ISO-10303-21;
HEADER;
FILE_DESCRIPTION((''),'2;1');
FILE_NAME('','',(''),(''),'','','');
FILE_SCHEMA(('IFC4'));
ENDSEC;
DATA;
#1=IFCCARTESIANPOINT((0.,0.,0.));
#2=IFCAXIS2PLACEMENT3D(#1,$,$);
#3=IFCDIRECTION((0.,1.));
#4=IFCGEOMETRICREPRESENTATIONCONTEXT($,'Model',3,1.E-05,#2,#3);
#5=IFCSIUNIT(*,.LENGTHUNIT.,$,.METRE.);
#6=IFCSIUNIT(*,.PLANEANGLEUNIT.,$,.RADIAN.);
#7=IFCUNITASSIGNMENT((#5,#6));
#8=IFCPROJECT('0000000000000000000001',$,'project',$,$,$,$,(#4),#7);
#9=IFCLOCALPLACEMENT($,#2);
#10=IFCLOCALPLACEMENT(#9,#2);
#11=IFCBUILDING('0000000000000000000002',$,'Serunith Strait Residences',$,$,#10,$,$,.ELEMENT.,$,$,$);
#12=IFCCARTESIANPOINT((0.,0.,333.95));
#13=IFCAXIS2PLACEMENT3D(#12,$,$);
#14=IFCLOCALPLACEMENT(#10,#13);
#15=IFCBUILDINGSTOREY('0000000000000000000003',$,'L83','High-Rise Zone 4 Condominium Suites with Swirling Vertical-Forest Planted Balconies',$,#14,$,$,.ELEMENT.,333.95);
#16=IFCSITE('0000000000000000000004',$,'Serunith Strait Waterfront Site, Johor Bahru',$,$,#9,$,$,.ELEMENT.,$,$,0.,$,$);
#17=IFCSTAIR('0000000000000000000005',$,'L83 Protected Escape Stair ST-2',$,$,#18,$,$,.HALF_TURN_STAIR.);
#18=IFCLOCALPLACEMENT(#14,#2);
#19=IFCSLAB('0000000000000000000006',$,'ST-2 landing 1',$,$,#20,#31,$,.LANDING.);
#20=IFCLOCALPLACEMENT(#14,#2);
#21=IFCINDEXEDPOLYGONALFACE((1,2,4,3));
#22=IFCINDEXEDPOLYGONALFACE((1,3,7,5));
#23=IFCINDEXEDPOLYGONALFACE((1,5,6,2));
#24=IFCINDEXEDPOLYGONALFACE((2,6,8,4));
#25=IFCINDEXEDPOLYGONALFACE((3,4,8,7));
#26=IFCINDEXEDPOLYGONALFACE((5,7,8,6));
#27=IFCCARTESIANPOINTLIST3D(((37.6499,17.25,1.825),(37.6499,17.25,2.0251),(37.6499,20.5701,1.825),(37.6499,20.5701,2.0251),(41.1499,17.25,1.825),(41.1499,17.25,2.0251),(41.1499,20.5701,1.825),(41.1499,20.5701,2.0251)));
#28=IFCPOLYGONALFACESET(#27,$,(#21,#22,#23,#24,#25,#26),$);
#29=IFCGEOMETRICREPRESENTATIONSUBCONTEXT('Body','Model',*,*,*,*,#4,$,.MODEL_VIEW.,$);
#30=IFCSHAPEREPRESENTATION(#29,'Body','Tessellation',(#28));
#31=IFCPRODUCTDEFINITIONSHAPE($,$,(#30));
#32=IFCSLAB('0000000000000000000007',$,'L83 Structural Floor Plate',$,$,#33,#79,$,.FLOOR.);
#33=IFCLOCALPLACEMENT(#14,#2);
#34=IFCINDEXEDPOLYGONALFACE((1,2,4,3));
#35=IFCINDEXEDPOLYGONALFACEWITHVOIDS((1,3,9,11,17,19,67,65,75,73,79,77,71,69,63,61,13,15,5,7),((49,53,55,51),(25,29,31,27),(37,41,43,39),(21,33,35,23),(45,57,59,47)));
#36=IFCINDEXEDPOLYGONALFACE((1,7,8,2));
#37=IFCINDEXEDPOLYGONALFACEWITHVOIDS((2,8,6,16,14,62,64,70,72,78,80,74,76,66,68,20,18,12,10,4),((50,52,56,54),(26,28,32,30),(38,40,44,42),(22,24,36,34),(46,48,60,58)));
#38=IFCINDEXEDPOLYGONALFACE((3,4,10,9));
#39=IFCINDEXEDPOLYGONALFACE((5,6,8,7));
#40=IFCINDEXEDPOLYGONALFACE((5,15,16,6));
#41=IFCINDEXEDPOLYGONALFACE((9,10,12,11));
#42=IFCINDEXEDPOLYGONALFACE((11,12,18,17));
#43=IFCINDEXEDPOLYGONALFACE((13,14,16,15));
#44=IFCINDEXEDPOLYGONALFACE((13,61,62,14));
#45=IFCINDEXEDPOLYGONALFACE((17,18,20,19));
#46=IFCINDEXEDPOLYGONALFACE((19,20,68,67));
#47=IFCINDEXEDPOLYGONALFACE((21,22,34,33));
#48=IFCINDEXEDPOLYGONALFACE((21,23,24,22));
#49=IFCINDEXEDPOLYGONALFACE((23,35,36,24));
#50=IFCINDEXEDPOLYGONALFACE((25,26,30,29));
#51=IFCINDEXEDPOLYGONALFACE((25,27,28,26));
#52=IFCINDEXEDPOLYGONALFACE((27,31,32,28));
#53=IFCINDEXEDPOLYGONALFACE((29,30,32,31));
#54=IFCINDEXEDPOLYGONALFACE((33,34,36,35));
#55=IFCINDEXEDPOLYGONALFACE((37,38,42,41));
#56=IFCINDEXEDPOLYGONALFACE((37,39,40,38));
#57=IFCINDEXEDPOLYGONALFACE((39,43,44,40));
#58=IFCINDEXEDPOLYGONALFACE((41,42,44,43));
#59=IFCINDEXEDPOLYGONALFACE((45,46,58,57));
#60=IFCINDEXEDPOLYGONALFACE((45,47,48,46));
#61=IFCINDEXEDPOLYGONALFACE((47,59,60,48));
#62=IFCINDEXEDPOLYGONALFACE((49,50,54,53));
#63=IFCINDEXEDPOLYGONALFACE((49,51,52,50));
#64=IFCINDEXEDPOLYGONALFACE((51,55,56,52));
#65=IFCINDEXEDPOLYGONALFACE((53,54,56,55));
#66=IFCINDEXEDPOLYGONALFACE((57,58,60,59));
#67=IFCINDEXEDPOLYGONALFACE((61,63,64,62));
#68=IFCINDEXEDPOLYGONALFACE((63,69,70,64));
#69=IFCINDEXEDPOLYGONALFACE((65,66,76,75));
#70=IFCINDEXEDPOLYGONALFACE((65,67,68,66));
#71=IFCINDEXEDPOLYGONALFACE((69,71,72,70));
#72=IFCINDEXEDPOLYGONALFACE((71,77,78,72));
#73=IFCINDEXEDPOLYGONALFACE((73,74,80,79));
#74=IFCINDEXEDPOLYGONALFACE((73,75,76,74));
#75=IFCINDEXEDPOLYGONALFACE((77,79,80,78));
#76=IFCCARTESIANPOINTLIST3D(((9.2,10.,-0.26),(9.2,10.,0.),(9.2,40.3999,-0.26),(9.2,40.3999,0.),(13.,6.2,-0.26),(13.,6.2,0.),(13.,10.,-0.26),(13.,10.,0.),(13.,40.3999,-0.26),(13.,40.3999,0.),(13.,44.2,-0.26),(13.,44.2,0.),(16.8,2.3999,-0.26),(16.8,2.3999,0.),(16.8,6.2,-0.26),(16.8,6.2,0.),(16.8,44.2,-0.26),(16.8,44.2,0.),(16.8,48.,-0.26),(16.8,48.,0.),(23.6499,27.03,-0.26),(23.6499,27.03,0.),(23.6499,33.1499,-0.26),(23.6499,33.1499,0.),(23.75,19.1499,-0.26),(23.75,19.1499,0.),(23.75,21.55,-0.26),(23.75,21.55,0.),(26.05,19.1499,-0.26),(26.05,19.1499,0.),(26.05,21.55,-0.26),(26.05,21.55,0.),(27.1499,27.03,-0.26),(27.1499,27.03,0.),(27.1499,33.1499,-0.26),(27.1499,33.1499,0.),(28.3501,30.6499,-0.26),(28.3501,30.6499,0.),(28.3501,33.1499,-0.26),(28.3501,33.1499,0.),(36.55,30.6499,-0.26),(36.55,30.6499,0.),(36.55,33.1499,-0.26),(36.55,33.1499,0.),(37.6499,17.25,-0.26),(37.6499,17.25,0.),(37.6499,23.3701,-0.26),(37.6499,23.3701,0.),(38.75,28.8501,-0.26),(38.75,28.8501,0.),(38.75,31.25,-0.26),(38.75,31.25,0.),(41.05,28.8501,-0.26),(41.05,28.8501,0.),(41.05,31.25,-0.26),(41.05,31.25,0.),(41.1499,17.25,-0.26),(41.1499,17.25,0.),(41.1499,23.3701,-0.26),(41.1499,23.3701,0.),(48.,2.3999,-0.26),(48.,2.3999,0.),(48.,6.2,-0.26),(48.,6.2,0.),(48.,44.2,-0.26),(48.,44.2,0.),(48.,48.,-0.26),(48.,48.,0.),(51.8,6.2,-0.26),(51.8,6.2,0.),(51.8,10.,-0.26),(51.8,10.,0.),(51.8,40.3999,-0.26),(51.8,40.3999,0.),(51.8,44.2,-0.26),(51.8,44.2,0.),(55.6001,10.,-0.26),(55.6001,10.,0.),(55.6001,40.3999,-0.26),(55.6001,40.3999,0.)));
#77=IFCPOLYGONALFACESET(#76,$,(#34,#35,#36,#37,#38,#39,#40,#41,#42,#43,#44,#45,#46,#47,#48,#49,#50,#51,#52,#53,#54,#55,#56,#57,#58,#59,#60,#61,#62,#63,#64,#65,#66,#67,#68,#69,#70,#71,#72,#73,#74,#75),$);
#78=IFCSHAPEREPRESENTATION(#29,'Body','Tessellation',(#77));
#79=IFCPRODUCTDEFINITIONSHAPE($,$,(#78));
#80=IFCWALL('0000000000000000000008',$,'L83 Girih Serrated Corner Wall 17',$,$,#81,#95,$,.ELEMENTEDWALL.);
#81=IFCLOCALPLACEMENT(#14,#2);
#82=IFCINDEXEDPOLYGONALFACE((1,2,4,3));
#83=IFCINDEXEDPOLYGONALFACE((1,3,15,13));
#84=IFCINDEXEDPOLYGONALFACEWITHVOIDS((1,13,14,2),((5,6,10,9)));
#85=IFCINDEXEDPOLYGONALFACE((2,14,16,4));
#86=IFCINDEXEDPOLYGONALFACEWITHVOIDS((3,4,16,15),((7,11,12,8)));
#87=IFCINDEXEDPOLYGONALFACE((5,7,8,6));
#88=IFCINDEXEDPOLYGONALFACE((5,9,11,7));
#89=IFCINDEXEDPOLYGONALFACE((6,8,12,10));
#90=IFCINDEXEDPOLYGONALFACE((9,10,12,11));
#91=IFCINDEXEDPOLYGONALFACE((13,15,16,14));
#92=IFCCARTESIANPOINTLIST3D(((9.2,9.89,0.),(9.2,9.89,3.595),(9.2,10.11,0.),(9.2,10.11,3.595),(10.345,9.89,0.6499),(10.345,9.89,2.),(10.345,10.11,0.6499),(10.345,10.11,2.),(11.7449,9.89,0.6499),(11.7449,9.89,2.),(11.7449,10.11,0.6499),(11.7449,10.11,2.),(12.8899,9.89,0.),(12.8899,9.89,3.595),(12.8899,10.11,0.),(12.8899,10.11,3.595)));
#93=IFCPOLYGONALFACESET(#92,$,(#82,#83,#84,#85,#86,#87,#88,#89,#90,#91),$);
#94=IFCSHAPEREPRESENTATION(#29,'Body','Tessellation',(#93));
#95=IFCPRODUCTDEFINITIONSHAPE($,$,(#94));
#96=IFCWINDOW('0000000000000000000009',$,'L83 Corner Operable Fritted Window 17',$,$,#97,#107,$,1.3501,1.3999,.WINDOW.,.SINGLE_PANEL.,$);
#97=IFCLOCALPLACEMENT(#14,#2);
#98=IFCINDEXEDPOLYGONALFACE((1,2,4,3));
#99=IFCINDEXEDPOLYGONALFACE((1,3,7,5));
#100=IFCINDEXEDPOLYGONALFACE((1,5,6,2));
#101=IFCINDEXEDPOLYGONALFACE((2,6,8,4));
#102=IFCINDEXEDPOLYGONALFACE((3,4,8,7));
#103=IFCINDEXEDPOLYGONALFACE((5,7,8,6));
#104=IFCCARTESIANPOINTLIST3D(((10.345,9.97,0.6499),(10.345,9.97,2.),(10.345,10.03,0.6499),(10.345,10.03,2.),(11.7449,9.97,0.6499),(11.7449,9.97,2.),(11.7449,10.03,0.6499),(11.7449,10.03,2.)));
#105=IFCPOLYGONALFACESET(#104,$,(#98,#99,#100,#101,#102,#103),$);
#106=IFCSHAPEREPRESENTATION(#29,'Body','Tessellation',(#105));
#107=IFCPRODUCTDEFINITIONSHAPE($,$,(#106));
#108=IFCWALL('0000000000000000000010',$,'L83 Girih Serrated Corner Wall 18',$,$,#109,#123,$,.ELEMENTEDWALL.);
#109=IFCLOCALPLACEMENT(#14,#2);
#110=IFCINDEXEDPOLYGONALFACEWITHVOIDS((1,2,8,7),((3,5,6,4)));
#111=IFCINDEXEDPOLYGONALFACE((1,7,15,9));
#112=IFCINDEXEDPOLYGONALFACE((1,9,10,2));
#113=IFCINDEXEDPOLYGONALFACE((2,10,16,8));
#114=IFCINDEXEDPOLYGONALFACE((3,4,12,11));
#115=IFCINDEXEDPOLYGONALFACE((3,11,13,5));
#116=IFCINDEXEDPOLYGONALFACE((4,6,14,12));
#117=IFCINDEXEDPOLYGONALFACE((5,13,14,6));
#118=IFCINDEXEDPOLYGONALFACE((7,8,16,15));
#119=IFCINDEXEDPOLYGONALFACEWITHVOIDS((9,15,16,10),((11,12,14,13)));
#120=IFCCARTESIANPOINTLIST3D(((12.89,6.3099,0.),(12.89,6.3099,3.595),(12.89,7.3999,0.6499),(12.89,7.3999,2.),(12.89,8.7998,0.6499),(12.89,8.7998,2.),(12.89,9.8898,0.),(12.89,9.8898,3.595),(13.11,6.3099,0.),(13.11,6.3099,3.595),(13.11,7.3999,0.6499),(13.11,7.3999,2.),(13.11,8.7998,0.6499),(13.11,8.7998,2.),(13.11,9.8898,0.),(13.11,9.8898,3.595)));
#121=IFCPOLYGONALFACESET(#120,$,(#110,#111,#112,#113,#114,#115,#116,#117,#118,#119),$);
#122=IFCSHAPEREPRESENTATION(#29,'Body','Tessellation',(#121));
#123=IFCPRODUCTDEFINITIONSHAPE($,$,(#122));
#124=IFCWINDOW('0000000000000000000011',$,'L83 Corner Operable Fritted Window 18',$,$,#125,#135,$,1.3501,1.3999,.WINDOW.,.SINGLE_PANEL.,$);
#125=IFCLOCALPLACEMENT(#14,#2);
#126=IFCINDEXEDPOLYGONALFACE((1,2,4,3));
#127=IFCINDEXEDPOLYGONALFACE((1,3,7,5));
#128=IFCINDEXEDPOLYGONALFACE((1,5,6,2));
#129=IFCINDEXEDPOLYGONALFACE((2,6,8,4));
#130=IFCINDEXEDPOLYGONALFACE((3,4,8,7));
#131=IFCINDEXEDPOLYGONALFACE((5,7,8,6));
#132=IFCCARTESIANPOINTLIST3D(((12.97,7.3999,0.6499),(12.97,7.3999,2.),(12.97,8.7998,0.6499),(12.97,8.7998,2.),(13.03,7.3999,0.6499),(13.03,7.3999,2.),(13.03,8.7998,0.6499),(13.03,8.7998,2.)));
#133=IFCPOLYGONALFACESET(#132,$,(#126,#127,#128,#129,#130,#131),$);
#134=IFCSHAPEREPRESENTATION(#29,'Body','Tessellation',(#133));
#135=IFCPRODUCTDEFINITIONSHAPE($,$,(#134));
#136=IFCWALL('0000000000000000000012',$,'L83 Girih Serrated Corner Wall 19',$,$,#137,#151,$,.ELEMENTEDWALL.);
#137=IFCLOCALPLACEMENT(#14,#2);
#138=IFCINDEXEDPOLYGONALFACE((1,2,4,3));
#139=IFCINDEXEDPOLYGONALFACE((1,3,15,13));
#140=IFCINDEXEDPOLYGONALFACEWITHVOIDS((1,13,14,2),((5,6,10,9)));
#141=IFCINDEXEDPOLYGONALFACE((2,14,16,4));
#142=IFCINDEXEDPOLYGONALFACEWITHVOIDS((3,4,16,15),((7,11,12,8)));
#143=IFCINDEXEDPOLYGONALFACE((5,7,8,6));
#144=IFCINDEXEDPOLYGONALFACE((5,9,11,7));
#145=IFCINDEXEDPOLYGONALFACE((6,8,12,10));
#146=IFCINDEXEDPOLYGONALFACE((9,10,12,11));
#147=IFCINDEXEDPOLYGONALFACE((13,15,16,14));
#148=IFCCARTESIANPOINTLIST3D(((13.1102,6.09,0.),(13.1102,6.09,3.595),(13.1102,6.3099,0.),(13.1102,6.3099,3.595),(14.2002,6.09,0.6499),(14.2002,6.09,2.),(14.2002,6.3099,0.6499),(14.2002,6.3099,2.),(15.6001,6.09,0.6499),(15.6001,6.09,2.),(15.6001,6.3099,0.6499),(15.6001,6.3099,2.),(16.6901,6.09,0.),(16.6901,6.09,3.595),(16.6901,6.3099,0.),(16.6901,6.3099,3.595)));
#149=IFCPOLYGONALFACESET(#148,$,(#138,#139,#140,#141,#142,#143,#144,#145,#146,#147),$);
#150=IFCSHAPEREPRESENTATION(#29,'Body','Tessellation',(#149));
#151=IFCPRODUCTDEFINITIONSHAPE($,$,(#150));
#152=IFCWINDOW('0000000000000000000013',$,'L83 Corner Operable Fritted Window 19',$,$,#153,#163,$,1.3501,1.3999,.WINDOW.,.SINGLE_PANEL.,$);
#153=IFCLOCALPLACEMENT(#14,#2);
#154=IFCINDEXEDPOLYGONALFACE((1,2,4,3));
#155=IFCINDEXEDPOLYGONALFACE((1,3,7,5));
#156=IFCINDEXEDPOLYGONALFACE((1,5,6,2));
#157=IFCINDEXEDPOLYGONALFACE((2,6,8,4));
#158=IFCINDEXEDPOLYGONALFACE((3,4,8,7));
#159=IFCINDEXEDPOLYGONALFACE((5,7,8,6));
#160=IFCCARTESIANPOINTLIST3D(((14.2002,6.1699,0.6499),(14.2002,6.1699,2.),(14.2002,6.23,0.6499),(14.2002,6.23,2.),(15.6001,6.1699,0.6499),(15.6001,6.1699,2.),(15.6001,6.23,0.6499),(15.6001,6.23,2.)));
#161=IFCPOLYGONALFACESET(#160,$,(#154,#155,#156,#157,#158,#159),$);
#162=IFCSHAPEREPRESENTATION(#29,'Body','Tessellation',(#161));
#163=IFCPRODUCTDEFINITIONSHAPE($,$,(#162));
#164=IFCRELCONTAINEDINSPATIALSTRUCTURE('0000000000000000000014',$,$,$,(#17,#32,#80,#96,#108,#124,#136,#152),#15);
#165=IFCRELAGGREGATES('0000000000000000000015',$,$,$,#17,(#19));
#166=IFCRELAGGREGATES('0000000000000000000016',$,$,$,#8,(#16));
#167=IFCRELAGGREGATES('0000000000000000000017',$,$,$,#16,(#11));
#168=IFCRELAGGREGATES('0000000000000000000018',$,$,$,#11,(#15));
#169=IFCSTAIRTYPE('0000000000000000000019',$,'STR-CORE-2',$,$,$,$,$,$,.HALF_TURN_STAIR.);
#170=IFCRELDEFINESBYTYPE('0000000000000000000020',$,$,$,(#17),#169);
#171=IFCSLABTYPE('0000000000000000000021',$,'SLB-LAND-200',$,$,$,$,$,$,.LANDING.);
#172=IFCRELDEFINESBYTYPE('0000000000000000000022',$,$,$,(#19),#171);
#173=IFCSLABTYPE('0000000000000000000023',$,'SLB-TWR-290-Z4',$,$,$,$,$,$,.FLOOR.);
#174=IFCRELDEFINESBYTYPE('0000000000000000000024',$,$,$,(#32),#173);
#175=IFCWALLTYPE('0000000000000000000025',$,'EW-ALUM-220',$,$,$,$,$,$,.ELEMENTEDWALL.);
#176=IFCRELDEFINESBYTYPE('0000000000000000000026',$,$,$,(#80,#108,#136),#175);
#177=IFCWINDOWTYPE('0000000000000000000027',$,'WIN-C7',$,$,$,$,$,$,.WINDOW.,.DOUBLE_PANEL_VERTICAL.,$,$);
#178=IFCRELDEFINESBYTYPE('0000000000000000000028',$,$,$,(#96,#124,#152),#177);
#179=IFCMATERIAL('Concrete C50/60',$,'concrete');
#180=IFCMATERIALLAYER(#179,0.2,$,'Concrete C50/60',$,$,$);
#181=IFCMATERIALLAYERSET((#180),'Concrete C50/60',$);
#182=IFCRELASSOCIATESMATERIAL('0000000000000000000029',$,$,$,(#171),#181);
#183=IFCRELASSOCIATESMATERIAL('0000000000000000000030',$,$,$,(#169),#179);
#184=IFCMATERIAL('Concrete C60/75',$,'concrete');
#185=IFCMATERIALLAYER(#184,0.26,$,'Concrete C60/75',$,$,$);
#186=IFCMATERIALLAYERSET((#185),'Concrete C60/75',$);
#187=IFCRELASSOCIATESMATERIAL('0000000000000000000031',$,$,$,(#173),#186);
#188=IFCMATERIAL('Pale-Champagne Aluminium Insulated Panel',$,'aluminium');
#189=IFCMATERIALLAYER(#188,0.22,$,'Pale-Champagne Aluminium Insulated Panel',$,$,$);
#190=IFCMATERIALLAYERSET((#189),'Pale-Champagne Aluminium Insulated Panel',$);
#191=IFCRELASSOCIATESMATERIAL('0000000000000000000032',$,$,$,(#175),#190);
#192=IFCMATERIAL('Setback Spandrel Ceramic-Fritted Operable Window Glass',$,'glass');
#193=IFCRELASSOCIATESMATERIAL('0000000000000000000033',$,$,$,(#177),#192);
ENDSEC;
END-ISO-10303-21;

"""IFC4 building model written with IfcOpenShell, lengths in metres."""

from ifc_helpers import new_model, si_unit, direction, frame, frame_2d, origin, place, context, subcontext, project, spatial, polyline, rectangle, outline, extrude, source, transform, mapped, material, layer, layer_set, type_object, element, fill, aggregate, save


model = new_model("IFC4")

# Units and contexts
model_context = context("Model", 3, precision=1e-05, world=origin(), true_north=direction((0.0, 1.0)))
body_context = subcontext(model_context, "Body", "Model", "MODEL_VIEW")
ifc_project = project(units=[si_unit("LENGTHUNIT", "METRE"), si_unit("PLANEANGLEUNIT", "RADIAN")], contexts=[model_context])

# Site, building, storey
site_placement = place(None, origin())
site = spatial("IfcSite", under=ifc_project, at=site_placement, Name="Serunith Strait Waterfront Site, Johor Bahru", CompositionType="ELEMENT", RefElevation=0.0)
building_placement = place(site_placement, origin())
building = spatial("IfcBuilding", under=site, at=building_placement, Name="Serunith Strait Residences", CompositionType="ELEMENT")
storey_placement = place(building_placement, frame((0.0, 0.0, 333.95)))
storey = spatial("IfcBuildingStorey", under=building, at=storey_placement, Name="L83", Description="High-Rise Zone 4 Condominium Suites with Swirling Vertical-Forest Planted Balconies", CompositionType="ELEMENT", Elevation=333.95)

# Shared definitions
ifc_material_1 = material(Name="Concrete C50/60", Category="concrete")

# Stair, slab
ifc_layer_1 = layer(ifc_material_1, 0.2, Name="Concrete C50/60")
ifc_layer_set_1 = layer_set([ifc_layer_1], Name="Concrete C50/60")
slab_type_1 = type_object("IfcSlabType", Name="SLB-LAND-200", PredefinedType="LANDING", material=ifc_layer_set_1)
stair_type_1 = type_object("IfcStairType", Name="STR-CORE-2", PredefinedType="HALF_TURN_STAIR", material=ifc_material_1)
stair_1_placement = place(storey_placement, origin())
stair_1 = element("IfcStair", 1, at=stair_1_placement, inside=storey, type_object=stair_type_1, Name="L83 Protected Escape Stair ST-2", PredefinedType="HALF_TURN_STAIR")
slab_1_placement = place(storey_placement, frame((0.0, 0.0, 1.825)))
slab_1 = element("IfcSlab", 2, at=slab_1_placement, type_object=slab_type_1, Name="ST-2 landing 1", PredefinedType="LANDING", context=body_context, shape_type="SweptSolid", body=[
    extrude(outline(polyline([(37.6499, 20.5701), (37.6499, 17.25), (41.1499, 17.25), (41.1499, 20.5701), (37.6499, 20.5701)])), origin(), (0.0, 0.0, 1.0), 0.2002),
])
aggregate(stair_1, [slab_1])

# Slab
ifc_material_2 = material(Name="Concrete C60/75", Category="concrete")
ifc_layer_2 = layer(ifc_material_2, 0.26, Name="Concrete C60/75")
ifc_layer_set_2 = layer_set([ifc_layer_2], Name="Concrete C60/75")
slab_type_2 = type_object("IfcSlabType", Name="SLB-TWR-290-Z4", PredefinedType="FLOOR", material=ifc_layer_set_2)
slab_2_placement = place(storey_placement, frame((0.0, 0.0, -0.26)))
element("IfcSlab", 3, at=slab_2_placement, inside=storey, type_object=slab_type_2, Name="L83 Structural Floor Plate", PredefinedType="FLOOR", context=body_context, shape_type="SweptSolid", body=[
    extrude(outline(polyline([(16.8, 6.2), (13.0, 6.2), (13.0, 10.0), (9.2, 10.0), (9.2, 40.3999), (13.0, 40.3999), (13.0, 44.2), (16.8, 44.2), (16.8, 48.0), (48.0, 48.0), (48.0, 44.2), (51.8, 44.2), (51.8, 40.3999), (55.6001, 40.3999), (55.6001, 10.0), (51.8, 10.0), (51.8, 6.2), (48.0, 6.2), (48.0, 2.3999), (16.8, 2.3999), (16.8, 6.2)]), holes=[polyline([(41.1499, 23.3701), (37.6499, 23.3701), (37.6499, 17.25), (41.1499, 17.25), (41.1499, 23.3701)]), polyline([(38.75, 31.25), (38.75, 28.8501), (41.05, 28.8501), (41.05, 31.25), (38.75, 31.25)]), polyline([(36.55, 33.1499), (28.3501, 33.1499), (28.3501, 30.6499), (36.55, 30.6499), (36.55, 33.1499)]), polyline([(23.6499, 33.1499), (23.6499, 27.03), (27.1499, 27.03), (27.1499, 33.1499), (23.6499, 33.1499)]), polyline([(23.75, 21.55), (23.75, 19.1499), (26.05, 19.1499), (26.05, 21.55), (23.75, 21.55)])]), origin(), (0.0, 0.0, 1.0), 0.26),
])

# Walls, openings, windows
ifc_material_3 = material(Name="Pale-Champagne Aluminium Insulated Panel", Category="aluminium")
ifc_layer_3 = layer(ifc_material_3, 0.22, Name="Pale-Champagne Aluminium Insulated Panel")
ifc_layer_set_3 = layer_set([ifc_layer_3], Name="Pale-Champagne Aluminium Insulated Panel")
wall_type = type_object("IfcWallType", Name="EW-ALUM-220", PredefinedType="ELEMENTEDWALL", material=ifc_layer_set_3)
wall_1_placement = place(storey_placement, frame((9.2, 10.0, 0.0), z_axis=(0.0, 0.0, 1.0), x_axis=(1.0, 0.0, 0.0)))
wall_1 = element("IfcWall", 4, at=wall_1_placement, inside=storey, type_object=wall_type, Name="L83 Girih Serrated Corner Wall 17", PredefinedType="ELEMENTEDWALL", context=body_context, shape_type="SweptSolid", body=[
    extrude(rectangle(XDim=3.6899, YDim=0.22, at=frame_2d((1.845, 0.0))), origin(), (0.0, 0.0, 1.0), 3.595),
])
opening_1_placement = place(wall_1_placement, frame((1.145, 0.0, 0.6499)))
opening_1 = element("IfcOpeningElement", 5, at=opening_1_placement, cuts=wall_1, PredefinedType="OPENING", context=body_context, shape_type="SweptSolid", body=[
    extrude(rectangle(XDim=1.3999, YDim=1.3501, at=frame_2d((0.7, 0.675))), frame((0.0, 0.1201, 0.0), z_axis=(0.0, -1.0, 0.0), x_axis=(1.0, 0.0, 0.0)), (0.0, 0.0, 1.0), 0.24),
])
ifc_material_4 = material(Name="Setback Spandrel Ceramic-Fritted Operable Window Glass", Category="glass")
window_type = type_object("IfcWindowType", Name="WIN-C7", PartitioningType="DOUBLE_PANEL_VERTICAL", PredefinedType="WINDOW", material=ifc_material_4)
shared_shape_1 = source(origin(), body_context, "Body", "SweptSolid", [
    extrude(rectangle(XDim=1.3999, YDim=1.3501, at=frame_2d((0.7, 0.675))), frame((0.0, 0.03, 0.0), z_axis=(0.0, -1.0, 0.0), x_axis=(1.0, 0.0, 0.0)), (0.0, 0.0, 1.0), 0.0601),
])
window_1_placement = place(opening_1_placement, origin())
window_1 = element("IfcWindow", 6, at=window_1_placement, inside=storey, type_object=window_type, Name="L83 Corner Operable Fritted Window 17", OverallHeight=1.3501, OverallWidth=1.3999, PartitioningType="SINGLE_PANEL", PredefinedType="WINDOW", context=body_context, shape_type="MappedRepresentation", body=[
    mapped(shared_shape_1, transform((0.0, 0.0, 0.0), scale=1.0)),
])
fill(opening_1, window_1)
wall_2_placement = place(storey_placement, frame((13.0, 9.8899, 0.0), z_axis=(0.0, 0.0, 1.0), x_axis=(0.0, -1.0, 0.0)))
wall_2 = element("IfcWall", 7, at=wall_2_placement, inside=storey, type_object=wall_type, Name="L83 Girih Serrated Corner Wall 18", PredefinedType="ELEMENTEDWALL", context=body_context, shape_type="SweptSolid", body=[
    extrude(rectangle(XDim=3.5798, YDim=0.22, at=frame_2d((1.79, 0.0))), origin(), (0.0, 0.0, 1.0), 3.595),
])
opening_2_placement = place(wall_2_placement, frame((1.0901, 0.0, 0.6499)))
opening_2 = element("IfcOpeningElement", 8, at=opening_2_placement, cuts=wall_2, PredefinedType="OPENING", context=body_context, shape_type="SweptSolid", body=[
    extrude(rectangle(XDim=1.3999, YDim=1.3501, at=frame_2d((0.7, 0.675))), frame((0.0, 0.1201, 0.0), z_axis=(0.0, -1.0, 0.0), x_axis=(1.0, 0.0, 0.0)), (0.0, 0.0, 1.0), 0.24),
])
window_2_placement = place(opening_2_placement, origin())
window_2 = element("IfcWindow", 9, at=window_2_placement, inside=storey, type_object=window_type, Name="L83 Corner Operable Fritted Window 18", OverallHeight=1.3501, OverallWidth=1.3999, PartitioningType="SINGLE_PANEL", PredefinedType="WINDOW", context=body_context, shape_type="MappedRepresentation", body=[
    mapped(shared_shape_1, transform((0.0, 0.0, 0.0), scale=1.0)),
])
fill(opening_2, window_2)
wall_3_placement = place(storey_placement, frame((13.1101, 6.2, 0.0), z_axis=(0.0, 0.0, 1.0), x_axis=(1.0, 0.0, 0.0)))
wall_3 = element("IfcWall", 10, at=wall_3_placement, inside=storey, type_object=wall_type, Name="L83 Girih Serrated Corner Wall 19", PredefinedType="ELEMENTEDWALL", context=body_context, shape_type="SweptSolid", body=[
    extrude(rectangle(XDim=3.5798, YDim=0.22, at=frame_2d((1.79, 0.0))), origin(), (0.0, 0.0, 1.0), 3.595),
])
opening_3_placement = place(wall_3_placement, frame((1.0901, 0.0, 0.6499)))
opening_3 = element("IfcOpeningElement", 11, at=opening_3_placement, cuts=wall_3, PredefinedType="OPENING", context=body_context, shape_type="SweptSolid", body=[
    extrude(rectangle(XDim=1.3999, YDim=1.3501, at=frame_2d((0.7, 0.675))), frame((0.0, 0.1201, 0.0), z_axis=(0.0, -1.0, 0.0), x_axis=(1.0, 0.0, 0.0)), (0.0, 0.0, 1.0), 0.24),
])
window_3_placement = place(opening_3_placement, origin())
window_3 = element("IfcWindow", 12, at=window_3_placement, inside=storey, type_object=window_type, Name="L83 Corner Operable Fritted Window 19", OverallHeight=1.3501, OverallWidth=1.3999, PartitioningType="SINGLE_PANEL", PredefinedType="WINDOW", context=body_context, shape_type="MappedRepresentation", body=[
    mapped(shared_shape_1, transform((0.0, 0.0, 0.0), scale=1.0)),
])
fill(opening_3, window_3)

save(model, "model.ifc")
